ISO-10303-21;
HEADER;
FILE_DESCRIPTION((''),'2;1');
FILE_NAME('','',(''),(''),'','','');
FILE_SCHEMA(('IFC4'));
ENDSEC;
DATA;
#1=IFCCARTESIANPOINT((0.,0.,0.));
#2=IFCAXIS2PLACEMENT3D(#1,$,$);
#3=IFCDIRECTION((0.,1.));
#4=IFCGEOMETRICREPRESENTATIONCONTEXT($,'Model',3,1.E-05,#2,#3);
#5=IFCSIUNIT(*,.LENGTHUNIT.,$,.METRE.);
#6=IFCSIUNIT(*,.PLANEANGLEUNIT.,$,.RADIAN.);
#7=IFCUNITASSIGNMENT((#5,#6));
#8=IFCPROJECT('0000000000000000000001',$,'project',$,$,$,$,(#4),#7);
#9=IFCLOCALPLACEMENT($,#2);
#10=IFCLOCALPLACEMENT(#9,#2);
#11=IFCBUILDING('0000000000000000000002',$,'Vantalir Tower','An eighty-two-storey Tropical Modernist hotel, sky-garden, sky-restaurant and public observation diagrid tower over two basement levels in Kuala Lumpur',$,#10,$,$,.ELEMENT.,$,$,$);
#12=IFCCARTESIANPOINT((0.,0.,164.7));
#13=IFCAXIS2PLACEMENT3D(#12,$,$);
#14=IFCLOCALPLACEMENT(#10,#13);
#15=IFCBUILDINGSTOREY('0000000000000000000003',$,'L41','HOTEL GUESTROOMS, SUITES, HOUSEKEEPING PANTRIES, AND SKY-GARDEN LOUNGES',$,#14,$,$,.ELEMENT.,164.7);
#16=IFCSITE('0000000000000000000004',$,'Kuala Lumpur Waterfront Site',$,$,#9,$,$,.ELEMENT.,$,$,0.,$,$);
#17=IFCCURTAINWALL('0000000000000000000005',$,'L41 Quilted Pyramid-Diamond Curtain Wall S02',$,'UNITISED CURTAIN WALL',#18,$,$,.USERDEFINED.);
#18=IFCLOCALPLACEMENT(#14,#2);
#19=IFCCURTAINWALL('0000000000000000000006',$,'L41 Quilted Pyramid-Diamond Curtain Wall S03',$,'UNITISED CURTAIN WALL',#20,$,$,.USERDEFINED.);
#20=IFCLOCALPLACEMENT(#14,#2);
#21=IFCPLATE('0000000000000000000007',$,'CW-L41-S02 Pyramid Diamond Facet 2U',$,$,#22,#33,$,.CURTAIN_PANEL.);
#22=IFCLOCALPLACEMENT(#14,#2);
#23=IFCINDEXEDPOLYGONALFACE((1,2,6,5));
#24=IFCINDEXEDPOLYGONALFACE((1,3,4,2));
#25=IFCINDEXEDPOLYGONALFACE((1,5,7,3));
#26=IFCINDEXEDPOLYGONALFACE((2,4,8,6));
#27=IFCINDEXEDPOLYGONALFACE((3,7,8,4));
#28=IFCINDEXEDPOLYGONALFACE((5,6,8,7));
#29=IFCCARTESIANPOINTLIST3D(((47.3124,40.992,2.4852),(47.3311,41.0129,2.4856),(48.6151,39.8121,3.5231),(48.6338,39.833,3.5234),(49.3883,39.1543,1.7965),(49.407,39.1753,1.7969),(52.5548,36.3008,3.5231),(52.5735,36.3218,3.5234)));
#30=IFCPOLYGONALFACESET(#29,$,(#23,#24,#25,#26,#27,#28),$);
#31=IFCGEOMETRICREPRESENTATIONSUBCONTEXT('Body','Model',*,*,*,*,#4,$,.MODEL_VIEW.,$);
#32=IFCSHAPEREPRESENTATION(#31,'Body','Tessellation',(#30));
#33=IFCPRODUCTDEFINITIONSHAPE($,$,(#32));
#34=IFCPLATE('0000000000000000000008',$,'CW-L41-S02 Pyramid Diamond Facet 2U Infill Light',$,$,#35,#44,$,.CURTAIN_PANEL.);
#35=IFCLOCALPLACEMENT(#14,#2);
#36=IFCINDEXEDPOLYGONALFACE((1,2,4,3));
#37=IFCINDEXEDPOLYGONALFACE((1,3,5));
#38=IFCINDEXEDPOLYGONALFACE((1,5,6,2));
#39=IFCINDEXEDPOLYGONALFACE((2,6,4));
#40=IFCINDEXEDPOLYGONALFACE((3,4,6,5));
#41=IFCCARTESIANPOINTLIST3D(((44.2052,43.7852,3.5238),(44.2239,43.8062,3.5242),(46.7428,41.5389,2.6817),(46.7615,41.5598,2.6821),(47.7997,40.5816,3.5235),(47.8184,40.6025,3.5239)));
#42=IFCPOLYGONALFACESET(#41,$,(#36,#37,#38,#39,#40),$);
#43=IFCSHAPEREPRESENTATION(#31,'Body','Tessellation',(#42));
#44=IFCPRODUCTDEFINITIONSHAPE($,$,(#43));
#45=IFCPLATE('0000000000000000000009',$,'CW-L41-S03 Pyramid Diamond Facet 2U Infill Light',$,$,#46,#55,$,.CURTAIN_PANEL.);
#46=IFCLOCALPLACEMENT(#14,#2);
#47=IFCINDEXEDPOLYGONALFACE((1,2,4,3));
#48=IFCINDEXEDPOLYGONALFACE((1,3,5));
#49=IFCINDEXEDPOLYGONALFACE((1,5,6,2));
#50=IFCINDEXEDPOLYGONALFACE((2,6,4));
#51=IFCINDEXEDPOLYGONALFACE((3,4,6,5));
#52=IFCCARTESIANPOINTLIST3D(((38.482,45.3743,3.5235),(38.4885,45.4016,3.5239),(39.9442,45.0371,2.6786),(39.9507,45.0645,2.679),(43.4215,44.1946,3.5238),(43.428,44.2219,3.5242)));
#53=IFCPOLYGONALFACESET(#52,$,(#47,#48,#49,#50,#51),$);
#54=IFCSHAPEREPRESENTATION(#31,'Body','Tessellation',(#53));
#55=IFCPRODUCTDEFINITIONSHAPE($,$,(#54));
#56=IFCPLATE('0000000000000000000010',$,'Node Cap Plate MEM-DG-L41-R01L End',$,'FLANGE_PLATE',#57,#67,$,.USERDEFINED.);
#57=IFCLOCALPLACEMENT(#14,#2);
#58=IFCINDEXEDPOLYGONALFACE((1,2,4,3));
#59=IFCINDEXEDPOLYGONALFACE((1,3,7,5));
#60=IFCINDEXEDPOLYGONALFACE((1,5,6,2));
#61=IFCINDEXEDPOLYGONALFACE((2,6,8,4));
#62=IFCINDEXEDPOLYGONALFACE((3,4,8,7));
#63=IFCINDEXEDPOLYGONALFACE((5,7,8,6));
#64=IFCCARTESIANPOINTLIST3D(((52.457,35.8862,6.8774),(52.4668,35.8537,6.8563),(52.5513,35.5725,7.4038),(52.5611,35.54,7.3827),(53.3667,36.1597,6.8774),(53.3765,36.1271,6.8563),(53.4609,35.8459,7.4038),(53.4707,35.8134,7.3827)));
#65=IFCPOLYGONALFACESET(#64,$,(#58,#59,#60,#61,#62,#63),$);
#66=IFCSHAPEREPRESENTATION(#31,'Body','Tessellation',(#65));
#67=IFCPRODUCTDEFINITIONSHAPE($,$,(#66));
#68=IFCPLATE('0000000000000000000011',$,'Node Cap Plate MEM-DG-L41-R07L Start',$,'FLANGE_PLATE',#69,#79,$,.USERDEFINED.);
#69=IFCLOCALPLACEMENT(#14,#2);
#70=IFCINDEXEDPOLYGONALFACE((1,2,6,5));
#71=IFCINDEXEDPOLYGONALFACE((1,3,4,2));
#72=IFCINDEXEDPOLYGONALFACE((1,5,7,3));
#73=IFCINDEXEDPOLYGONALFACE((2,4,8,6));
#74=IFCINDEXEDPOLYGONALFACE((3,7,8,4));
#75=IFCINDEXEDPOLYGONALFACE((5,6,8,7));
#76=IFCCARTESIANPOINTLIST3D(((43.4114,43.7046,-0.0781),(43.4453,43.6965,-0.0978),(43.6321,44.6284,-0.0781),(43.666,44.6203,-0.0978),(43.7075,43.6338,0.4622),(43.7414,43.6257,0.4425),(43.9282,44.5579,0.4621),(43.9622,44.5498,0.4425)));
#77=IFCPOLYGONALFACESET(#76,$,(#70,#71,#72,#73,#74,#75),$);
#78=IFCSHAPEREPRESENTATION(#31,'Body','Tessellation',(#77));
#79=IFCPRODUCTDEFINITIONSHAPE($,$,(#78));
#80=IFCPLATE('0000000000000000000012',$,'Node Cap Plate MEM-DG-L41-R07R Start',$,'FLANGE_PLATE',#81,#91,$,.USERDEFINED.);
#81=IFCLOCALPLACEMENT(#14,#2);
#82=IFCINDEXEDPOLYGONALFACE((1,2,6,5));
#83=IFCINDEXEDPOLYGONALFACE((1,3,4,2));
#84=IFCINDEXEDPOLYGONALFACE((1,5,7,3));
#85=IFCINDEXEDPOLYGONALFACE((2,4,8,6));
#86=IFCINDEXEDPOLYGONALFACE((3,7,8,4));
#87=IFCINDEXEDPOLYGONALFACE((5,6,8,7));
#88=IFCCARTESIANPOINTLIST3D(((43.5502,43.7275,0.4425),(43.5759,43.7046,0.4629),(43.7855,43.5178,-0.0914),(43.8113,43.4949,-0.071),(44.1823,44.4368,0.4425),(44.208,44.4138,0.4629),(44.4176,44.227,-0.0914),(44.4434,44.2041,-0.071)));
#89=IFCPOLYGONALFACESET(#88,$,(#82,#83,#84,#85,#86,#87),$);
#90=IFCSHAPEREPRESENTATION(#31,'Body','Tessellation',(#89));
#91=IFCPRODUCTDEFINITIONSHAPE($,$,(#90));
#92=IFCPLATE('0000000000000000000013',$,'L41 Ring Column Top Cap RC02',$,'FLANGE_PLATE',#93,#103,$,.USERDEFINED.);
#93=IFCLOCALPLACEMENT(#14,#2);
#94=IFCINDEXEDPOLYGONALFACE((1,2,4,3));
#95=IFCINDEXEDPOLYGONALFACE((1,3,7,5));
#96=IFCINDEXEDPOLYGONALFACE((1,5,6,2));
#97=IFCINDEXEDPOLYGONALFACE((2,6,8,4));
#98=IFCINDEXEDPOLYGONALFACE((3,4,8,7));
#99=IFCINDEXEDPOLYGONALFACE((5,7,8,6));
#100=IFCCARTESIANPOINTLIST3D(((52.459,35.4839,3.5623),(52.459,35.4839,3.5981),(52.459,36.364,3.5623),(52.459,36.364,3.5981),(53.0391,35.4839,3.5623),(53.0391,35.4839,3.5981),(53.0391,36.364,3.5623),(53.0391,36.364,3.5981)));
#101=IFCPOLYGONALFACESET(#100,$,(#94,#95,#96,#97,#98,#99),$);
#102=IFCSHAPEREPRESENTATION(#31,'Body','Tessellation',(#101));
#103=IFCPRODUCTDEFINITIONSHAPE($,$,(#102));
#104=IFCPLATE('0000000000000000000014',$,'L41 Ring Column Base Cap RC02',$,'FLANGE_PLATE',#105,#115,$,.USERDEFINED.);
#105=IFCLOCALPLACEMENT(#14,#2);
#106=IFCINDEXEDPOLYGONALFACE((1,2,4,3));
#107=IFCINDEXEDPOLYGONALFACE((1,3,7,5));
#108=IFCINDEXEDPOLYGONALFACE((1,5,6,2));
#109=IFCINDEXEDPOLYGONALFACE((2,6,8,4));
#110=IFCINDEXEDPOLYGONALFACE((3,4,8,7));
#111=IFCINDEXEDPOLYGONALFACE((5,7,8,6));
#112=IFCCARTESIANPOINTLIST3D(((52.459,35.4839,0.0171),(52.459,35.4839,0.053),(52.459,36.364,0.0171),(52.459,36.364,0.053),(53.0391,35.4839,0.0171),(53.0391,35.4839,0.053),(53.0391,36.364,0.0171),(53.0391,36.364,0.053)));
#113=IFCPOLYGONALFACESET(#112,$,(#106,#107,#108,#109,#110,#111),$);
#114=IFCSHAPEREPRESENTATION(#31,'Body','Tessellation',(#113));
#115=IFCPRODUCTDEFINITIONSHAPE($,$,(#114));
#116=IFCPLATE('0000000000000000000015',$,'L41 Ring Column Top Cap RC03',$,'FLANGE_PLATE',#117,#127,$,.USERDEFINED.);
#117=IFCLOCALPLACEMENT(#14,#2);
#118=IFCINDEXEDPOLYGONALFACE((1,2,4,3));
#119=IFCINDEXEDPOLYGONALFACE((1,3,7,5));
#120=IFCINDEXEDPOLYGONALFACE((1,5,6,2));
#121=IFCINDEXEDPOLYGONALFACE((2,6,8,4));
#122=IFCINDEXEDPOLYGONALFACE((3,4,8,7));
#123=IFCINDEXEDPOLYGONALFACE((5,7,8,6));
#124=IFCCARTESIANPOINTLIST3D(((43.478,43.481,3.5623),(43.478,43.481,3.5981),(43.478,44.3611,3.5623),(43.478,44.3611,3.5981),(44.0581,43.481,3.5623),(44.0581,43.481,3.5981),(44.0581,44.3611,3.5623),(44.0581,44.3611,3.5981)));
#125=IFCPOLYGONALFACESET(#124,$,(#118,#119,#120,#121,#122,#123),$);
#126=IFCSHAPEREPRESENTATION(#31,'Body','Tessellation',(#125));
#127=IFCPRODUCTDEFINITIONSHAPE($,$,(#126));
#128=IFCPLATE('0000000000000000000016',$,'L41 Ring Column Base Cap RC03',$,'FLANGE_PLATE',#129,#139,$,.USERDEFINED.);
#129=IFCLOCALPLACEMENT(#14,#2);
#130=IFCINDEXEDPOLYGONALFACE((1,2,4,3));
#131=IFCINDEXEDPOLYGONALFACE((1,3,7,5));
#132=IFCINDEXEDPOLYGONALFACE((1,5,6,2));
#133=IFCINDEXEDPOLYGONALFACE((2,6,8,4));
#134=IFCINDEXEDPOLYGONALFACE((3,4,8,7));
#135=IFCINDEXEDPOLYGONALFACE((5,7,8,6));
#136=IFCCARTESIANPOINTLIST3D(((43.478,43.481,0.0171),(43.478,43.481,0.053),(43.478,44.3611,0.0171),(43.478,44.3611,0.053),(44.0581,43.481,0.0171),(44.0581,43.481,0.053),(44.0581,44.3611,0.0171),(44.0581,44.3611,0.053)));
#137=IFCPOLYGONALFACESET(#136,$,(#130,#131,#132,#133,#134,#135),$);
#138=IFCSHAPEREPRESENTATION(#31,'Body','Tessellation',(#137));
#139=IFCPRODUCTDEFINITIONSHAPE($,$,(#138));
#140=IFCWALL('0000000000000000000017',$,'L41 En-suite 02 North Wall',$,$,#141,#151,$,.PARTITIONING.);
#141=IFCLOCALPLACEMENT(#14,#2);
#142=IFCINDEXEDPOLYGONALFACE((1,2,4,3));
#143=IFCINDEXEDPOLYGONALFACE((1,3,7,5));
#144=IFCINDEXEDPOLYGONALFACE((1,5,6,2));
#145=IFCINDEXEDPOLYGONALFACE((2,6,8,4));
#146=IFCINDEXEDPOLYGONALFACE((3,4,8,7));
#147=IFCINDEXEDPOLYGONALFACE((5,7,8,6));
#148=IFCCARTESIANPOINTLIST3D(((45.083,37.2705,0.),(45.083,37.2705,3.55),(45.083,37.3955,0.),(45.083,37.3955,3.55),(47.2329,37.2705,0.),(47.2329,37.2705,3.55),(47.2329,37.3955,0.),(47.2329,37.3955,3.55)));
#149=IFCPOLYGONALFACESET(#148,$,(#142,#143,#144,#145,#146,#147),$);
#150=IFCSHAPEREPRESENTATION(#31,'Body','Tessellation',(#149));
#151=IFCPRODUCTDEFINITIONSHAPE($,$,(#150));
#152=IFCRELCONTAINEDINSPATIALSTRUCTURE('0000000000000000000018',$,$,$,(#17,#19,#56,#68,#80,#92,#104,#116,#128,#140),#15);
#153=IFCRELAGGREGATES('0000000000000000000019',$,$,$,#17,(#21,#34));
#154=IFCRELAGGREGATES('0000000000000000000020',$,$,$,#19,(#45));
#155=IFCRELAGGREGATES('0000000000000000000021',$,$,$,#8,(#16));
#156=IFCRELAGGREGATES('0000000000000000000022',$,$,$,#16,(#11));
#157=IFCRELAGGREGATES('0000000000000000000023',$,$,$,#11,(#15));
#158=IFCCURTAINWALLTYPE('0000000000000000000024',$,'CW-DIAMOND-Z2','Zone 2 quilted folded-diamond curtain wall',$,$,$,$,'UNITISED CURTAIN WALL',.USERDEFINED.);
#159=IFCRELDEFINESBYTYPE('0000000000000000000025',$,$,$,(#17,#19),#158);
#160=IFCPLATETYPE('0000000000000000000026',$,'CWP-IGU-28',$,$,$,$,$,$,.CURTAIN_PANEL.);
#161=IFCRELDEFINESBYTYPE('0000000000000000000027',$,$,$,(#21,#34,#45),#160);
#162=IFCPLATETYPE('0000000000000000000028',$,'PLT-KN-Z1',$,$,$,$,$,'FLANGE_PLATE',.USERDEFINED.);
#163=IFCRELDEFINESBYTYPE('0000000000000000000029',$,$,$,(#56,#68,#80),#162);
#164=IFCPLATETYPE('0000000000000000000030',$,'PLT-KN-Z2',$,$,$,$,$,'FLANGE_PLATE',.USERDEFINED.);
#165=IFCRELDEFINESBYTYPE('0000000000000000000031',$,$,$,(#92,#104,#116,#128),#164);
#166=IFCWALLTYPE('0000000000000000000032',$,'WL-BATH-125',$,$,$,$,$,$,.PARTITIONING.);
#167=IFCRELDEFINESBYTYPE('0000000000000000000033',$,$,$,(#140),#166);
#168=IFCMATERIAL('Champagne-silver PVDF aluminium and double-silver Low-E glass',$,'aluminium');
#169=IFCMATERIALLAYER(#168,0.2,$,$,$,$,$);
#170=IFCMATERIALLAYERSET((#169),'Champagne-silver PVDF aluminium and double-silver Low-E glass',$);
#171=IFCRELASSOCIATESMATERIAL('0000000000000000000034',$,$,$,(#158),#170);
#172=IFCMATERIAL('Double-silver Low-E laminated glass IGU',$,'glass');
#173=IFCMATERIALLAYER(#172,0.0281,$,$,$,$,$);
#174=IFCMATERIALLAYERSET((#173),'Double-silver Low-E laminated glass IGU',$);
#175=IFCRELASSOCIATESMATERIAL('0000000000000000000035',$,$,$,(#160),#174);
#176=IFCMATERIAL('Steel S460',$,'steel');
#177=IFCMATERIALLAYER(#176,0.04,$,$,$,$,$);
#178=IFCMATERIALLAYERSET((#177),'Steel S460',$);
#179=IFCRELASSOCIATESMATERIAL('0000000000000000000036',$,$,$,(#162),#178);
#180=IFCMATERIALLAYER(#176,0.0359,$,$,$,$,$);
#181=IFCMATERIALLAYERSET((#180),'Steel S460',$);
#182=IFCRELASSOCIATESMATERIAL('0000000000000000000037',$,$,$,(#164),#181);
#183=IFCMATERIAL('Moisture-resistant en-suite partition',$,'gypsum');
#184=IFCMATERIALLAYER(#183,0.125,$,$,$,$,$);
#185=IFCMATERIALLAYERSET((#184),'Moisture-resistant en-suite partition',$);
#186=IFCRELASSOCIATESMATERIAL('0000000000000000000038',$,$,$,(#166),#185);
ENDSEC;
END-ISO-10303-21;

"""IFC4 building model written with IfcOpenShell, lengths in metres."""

from ifc_helpers import new_model, si_unit, direction, frame, frame_2d, origin, place, context, subcontext, project, spatial, polyline, rectangle, outline, extrude, material, layer, layer_set, type_object, element, aggregate, save


model = new_model("IFC4")

# Units and contexts
model_context = context("Model", 3, precision=1e-05, world=origin(), true_north=direction((0.0, 1.0)))
body_context = subcontext(model_context, "Body", "Model", "MODEL_VIEW")
ifc_project = project(units=[si_unit("LENGTHUNIT", "METRE"), si_unit("PLANEANGLEUNIT", "RADIAN")], contexts=[model_context])

# Site, building, storey
site_placement = place(None, origin())
site = spatial("IfcSite", under=ifc_project, at=site_placement, Name="Kuala Lumpur Waterfront Site", CompositionType="ELEMENT", RefElevation=0.0)
building_placement = place(site_placement, origin())
building = spatial("IfcBuilding", under=site, at=building_placement, Name="Vantalir Tower", Description="An eighty-two-storey Tropical Modernist hotel, sky-garden, sky-restaurant and public observation diagrid tower over two basement levels in Kuala Lumpur", CompositionType="ELEMENT")
storey_placement = place(building_placement, frame((0.0, 0.0, 164.7)))
storey = spatial("IfcBuildingStorey", under=building, at=storey_placement, Name="L41", Description="HOTEL GUESTROOMS, SUITES, HOUSEKEEPING PANTRIES, AND SKY-GARDEN LOUNGES", CompositionType="ELEMENT", Elevation=164.7)

# Shared definitions
ifc_material_1 = material(Name="Steel S460", Category="steel")

# Curtain wall
ifc_material_2 = material(Name="Champagne-silver PVDF aluminium and double-silver Low-E glass", Category="aluminium")
ifc_layer_1 = layer(ifc_material_2, 0.2)
ifc_layer_set_1 = layer_set([ifc_layer_1], Name="Champagne-silver PVDF aluminium and double-silver Low-E glass")
curtain_wall_type = type_object("IfcCurtainWallType", Name="CW-DIAMOND-Z2", Description="Zone 2 quilted folded-diamond curtain wall", ElementType="UNITISED CURTAIN WALL", PredefinedType="USERDEFINED", material=ifc_layer_set_1)
curtain_wall_1_placement = place(storey_placement, origin())
curtain_wall_1 = element("IfcCurtainWall", 1, at=curtain_wall_1_placement, inside=storey, type_object=curtain_wall_type, Name="L41 Quilted Pyramid-Diamond Curtain Wall S02", ObjectType="UNITISED CURTAIN WALL", PredefinedType="USERDEFINED")

# Curtain wall
curtain_wall_2_placement = place(storey_placement, origin())
curtain_wall_2 = element("IfcCurtainWall", 2, at=curtain_wall_2_placement, inside=storey, type_object=curtain_wall_type, Name="L41 Quilted Pyramid-Diamond Curtain Wall S03", ObjectType="UNITISED CURTAIN WALL", PredefinedType="USERDEFINED")

# Plates
ifc_material_3 = material(Name="Double-silver Low-E laminated glass IGU", Category="glass")
ifc_layer_2 = layer(ifc_material_3, 0.0281)
ifc_layer_set_2 = layer_set([ifc_layer_2], Name="Double-silver Low-E laminated glass IGU")
plate_type_1 = type_object("IfcPlateType", Name="CWP-IGU-28", PredefinedType="CURTAIN_PANEL", material=ifc_layer_set_2)
plate_1_placement = place(storey_placement, frame((52.5735, 36.3218, 3.5234), z_axis=(0.665285, 0.746466, 0.013571), x_axis=(-0.746535, 0.665346, 0.0)))
plate_1 = element("IfcPlate", 3, at=plate_1_placement, type_object=plate_type_1, Name="CW-L41-S02 Pyramid Diamond Facet 2U", PredefinedType="CURTAIN_PANEL", context=body_context, shape_type="SweptSolid", body=[
    extrude(outline(polyline([(0.0, 0.0), (5.2773, 0.0), (7.0349, -1.0379), (4.2625, -1.7267), (0.0, 0.0)])), origin(), (0.0, 0.0, -1.0), 0.0281),
])
plate_2_placement = place(storey_placement, frame((47.8184, 40.6025, 3.5239), z_axis=(0.665291, 0.746461, 0.013582), x_axis=(-0.74653, 0.665351, 0.000051)))
plate_2 = element("IfcPlate", 4, at=plate_2_placement, type_object=plate_type_1, Name="CW-L41-S02 Pyramid Diamond Facet 2U Infill Light", PredefinedType="CURTAIN_PANEL", context=body_context, shape_type="SweptSolid", body=[
    extrude(outline(polyline([(0.0, 0.0), (4.8149, 0.0), (1.4259, -0.8419), (0.0, 0.0)])), origin(), (0.0, 0.0, -1.0), 0.0281),
])
aggregate(curtain_wall_1, [plate_1, plate_2])
plate_3_placement = place(storey_placement, frame((43.428, 44.2219, 3.5242), z_axis=(0.232273, 0.972552, 0.013866), x_axis=(-0.972645, 0.232296, -0.000048)))
plate_3 = element("IfcPlate", 5, at=plate_3_placement, type_object=plate_type_1, Name="CW-L41-S03 Pyramid Diamond Facet 2U Infill Light", PredefinedType="CURTAIN_PANEL", context=body_context, shape_type="SweptSolid", body=[
    extrude(outline(polyline([(0.0, 0.0), (5.0784, 0.0), (3.5779, -0.8451), (0.0, 0.0)])), origin(), (0.0, 0.0, -1.0), 0.0281),
])
aggregate(curtain_wall_2, [plate_3])

# Plates
ifc_layer_3 = layer(ifc_material_1, 0.04)
ifc_layer_set_3 = layer_set([ifc_layer_3], Name="Steel S460")
plate_type_2 = type_object("IfcPlateType", Name="PLT-KN-Z1", ElementType="FLANGE_PLATE", PredefinedType="USERDEFINED", material=ifc_layer_set_3)
plate_4_placement = place(storey_placement, frame((53.3667, 36.1597, 6.8774), z_axis=(-0.244404, 0.813081, 0.528362), x_axis=(-0.957671, -0.287867, 0.0)))
element("IfcPlate", 6, at=plate_4_placement, inside=storey, type_object=plate_type_2, Name="Node Cap Plate MEM-DG-L41-R01L End", ObjectType="FLANGE_PLATE", PredefinedType="USERDEFINED", context=body_context, shape_type="SweptSolid", body=[
    extrude(outline(polyline([(0.0, 0.0), (0.9499, 0.0), (0.9499, 0.62), (0.0001, 0.62), (0.0, 0.0)])), origin(), (0.0, 0.0, -1.0), 0.04),
])
plate_5_placement = place(storey_placement, frame((43.6321, 44.6284, -0.0781), z_axis=(-0.847357, 0.202407, 0.490936), x_axis=(-0.23234, -0.972635, -0.000013)))
element("IfcPlate", 7, at=plate_5_placement, inside=storey, type_object=plate_type_2, Name="Node Cap Plate MEM-DG-L41-R07L Start", ObjectType="FLANGE_PLATE", PredefinedType="USERDEFINED", context=body_context, shape_type="SweptSolid", body=[
    extrude(outline(polyline([(0.0, 0.0), (0.9498, 0.0), (0.9499, 0.6202), (-0.0002, 0.6201), (0.0, 0.0)])), origin(), (0.0, 0.0, -1.0), 0.04),
])
plate_6_placement = place(storey_placement, frame((43.8113, 43.4949, -0.071), z_axis=(0.642864, -0.572935, 0.508401), x_axis=(0.665336, 0.746544, 0.0)))
element("IfcPlate", 8, at=plate_6_placement, inside=storey, type_object=plate_type_2, Name="Node Cap Plate MEM-DG-L41-R07R Start", ObjectType="FLANGE_PLATE", PredefinedType="USERDEFINED", context=body_context, shape_type="SweptSolid", body=[
    extrude(outline(polyline([(0.0, 0.0), (0.95, 0.0), (0.95, 0.62), (0.0, 0.62), (0.0, 0.0)])), origin(), (0.0, 0.0, -1.0), 0.04),
])
ifc_layer_4 = layer(ifc_material_1, 0.0359)
ifc_layer_set_4 = layer_set([ifc_layer_4], Name="Steel S460")
plate_type_3 = type_object("IfcPlateType", Name="PLT-KN-Z2", ElementType="FLANGE_PLATE", PredefinedType="USERDEFINED", material=ifc_layer_set_4)
for number, where, z_axis, x_axis, name in (
    (9, (52.459, 36.364, 3.5981), (0.0, 0.0, 1.0), (0.0, -1.0, 0.0), "L41 Ring Column Top Cap RC02"),
    (10, (52.459, 36.364, 0.053), (0.0, 0.0, 1.0), (0.0, -1.0, 0.0), "L41 Ring Column Base Cap RC02"),
    (11, (43.478, 44.3611, 3.5981), (0.0, 0.0, 1.0), (0.0, -1.0, 0.0), "L41 Ring Column Top Cap RC03"),
    (12, (43.478, 44.3611, 0.053), (0.0, 0.0, 1.0), (0.0, -1.0, 0.0), "L41 Ring Column Base Cap RC03"),
):
    element("IfcPlate", number, at=place(storey_placement, frame(where, z_axis=z_axis, x_axis=x_axis)), inside=storey, type_object=plate_type_3, Name=name, ObjectType="FLANGE_PLATE", PredefinedType="USERDEFINED", context=body_context, shape_type="SweptSolid", body=[
        extrude(outline(polyline([(0.0, 0.0), (0.8801, 0.0), (0.8801, 0.5801), (0.0, 0.5801), (0.0, 0.0)])), origin(), (0.0, 0.0, -1.0), 0.0359),
    ])

# Wall
ifc_material_4 = material(Name="Moisture-resistant en-suite partition", Category="gypsum")
ifc_layer_5 = layer(ifc_material_4, 0.125)
ifc_layer_set_5 = layer_set([ifc_layer_5], Name="Moisture-resistant en-suite partition")
wall_type = type_object("IfcWallType", Name="WL-BATH-125", PredefinedType="PARTITIONING", material=ifc_layer_set_5)
wall_placement = place(storey_placement, frame((45.083, 37.333, 0.0), z_axis=(0.0, 0.0, 1.0), x_axis=(1.0, 0.0, 0.0)))
element("IfcWall", 13, at=wall_placement, inside=storey, type_object=wall_type, Name="L41 En-suite 02 North Wall", PredefinedType="PARTITIONING", context=body_context, shape_type="SweptSolid", body=[
    extrude(rectangle(XDim=2.1499, YDim=0.125, at=frame_2d((1.075, 0.0))), origin(), (0.0, 0.0, 1.0), 3.55),
])

save(model, "model.ifc")
